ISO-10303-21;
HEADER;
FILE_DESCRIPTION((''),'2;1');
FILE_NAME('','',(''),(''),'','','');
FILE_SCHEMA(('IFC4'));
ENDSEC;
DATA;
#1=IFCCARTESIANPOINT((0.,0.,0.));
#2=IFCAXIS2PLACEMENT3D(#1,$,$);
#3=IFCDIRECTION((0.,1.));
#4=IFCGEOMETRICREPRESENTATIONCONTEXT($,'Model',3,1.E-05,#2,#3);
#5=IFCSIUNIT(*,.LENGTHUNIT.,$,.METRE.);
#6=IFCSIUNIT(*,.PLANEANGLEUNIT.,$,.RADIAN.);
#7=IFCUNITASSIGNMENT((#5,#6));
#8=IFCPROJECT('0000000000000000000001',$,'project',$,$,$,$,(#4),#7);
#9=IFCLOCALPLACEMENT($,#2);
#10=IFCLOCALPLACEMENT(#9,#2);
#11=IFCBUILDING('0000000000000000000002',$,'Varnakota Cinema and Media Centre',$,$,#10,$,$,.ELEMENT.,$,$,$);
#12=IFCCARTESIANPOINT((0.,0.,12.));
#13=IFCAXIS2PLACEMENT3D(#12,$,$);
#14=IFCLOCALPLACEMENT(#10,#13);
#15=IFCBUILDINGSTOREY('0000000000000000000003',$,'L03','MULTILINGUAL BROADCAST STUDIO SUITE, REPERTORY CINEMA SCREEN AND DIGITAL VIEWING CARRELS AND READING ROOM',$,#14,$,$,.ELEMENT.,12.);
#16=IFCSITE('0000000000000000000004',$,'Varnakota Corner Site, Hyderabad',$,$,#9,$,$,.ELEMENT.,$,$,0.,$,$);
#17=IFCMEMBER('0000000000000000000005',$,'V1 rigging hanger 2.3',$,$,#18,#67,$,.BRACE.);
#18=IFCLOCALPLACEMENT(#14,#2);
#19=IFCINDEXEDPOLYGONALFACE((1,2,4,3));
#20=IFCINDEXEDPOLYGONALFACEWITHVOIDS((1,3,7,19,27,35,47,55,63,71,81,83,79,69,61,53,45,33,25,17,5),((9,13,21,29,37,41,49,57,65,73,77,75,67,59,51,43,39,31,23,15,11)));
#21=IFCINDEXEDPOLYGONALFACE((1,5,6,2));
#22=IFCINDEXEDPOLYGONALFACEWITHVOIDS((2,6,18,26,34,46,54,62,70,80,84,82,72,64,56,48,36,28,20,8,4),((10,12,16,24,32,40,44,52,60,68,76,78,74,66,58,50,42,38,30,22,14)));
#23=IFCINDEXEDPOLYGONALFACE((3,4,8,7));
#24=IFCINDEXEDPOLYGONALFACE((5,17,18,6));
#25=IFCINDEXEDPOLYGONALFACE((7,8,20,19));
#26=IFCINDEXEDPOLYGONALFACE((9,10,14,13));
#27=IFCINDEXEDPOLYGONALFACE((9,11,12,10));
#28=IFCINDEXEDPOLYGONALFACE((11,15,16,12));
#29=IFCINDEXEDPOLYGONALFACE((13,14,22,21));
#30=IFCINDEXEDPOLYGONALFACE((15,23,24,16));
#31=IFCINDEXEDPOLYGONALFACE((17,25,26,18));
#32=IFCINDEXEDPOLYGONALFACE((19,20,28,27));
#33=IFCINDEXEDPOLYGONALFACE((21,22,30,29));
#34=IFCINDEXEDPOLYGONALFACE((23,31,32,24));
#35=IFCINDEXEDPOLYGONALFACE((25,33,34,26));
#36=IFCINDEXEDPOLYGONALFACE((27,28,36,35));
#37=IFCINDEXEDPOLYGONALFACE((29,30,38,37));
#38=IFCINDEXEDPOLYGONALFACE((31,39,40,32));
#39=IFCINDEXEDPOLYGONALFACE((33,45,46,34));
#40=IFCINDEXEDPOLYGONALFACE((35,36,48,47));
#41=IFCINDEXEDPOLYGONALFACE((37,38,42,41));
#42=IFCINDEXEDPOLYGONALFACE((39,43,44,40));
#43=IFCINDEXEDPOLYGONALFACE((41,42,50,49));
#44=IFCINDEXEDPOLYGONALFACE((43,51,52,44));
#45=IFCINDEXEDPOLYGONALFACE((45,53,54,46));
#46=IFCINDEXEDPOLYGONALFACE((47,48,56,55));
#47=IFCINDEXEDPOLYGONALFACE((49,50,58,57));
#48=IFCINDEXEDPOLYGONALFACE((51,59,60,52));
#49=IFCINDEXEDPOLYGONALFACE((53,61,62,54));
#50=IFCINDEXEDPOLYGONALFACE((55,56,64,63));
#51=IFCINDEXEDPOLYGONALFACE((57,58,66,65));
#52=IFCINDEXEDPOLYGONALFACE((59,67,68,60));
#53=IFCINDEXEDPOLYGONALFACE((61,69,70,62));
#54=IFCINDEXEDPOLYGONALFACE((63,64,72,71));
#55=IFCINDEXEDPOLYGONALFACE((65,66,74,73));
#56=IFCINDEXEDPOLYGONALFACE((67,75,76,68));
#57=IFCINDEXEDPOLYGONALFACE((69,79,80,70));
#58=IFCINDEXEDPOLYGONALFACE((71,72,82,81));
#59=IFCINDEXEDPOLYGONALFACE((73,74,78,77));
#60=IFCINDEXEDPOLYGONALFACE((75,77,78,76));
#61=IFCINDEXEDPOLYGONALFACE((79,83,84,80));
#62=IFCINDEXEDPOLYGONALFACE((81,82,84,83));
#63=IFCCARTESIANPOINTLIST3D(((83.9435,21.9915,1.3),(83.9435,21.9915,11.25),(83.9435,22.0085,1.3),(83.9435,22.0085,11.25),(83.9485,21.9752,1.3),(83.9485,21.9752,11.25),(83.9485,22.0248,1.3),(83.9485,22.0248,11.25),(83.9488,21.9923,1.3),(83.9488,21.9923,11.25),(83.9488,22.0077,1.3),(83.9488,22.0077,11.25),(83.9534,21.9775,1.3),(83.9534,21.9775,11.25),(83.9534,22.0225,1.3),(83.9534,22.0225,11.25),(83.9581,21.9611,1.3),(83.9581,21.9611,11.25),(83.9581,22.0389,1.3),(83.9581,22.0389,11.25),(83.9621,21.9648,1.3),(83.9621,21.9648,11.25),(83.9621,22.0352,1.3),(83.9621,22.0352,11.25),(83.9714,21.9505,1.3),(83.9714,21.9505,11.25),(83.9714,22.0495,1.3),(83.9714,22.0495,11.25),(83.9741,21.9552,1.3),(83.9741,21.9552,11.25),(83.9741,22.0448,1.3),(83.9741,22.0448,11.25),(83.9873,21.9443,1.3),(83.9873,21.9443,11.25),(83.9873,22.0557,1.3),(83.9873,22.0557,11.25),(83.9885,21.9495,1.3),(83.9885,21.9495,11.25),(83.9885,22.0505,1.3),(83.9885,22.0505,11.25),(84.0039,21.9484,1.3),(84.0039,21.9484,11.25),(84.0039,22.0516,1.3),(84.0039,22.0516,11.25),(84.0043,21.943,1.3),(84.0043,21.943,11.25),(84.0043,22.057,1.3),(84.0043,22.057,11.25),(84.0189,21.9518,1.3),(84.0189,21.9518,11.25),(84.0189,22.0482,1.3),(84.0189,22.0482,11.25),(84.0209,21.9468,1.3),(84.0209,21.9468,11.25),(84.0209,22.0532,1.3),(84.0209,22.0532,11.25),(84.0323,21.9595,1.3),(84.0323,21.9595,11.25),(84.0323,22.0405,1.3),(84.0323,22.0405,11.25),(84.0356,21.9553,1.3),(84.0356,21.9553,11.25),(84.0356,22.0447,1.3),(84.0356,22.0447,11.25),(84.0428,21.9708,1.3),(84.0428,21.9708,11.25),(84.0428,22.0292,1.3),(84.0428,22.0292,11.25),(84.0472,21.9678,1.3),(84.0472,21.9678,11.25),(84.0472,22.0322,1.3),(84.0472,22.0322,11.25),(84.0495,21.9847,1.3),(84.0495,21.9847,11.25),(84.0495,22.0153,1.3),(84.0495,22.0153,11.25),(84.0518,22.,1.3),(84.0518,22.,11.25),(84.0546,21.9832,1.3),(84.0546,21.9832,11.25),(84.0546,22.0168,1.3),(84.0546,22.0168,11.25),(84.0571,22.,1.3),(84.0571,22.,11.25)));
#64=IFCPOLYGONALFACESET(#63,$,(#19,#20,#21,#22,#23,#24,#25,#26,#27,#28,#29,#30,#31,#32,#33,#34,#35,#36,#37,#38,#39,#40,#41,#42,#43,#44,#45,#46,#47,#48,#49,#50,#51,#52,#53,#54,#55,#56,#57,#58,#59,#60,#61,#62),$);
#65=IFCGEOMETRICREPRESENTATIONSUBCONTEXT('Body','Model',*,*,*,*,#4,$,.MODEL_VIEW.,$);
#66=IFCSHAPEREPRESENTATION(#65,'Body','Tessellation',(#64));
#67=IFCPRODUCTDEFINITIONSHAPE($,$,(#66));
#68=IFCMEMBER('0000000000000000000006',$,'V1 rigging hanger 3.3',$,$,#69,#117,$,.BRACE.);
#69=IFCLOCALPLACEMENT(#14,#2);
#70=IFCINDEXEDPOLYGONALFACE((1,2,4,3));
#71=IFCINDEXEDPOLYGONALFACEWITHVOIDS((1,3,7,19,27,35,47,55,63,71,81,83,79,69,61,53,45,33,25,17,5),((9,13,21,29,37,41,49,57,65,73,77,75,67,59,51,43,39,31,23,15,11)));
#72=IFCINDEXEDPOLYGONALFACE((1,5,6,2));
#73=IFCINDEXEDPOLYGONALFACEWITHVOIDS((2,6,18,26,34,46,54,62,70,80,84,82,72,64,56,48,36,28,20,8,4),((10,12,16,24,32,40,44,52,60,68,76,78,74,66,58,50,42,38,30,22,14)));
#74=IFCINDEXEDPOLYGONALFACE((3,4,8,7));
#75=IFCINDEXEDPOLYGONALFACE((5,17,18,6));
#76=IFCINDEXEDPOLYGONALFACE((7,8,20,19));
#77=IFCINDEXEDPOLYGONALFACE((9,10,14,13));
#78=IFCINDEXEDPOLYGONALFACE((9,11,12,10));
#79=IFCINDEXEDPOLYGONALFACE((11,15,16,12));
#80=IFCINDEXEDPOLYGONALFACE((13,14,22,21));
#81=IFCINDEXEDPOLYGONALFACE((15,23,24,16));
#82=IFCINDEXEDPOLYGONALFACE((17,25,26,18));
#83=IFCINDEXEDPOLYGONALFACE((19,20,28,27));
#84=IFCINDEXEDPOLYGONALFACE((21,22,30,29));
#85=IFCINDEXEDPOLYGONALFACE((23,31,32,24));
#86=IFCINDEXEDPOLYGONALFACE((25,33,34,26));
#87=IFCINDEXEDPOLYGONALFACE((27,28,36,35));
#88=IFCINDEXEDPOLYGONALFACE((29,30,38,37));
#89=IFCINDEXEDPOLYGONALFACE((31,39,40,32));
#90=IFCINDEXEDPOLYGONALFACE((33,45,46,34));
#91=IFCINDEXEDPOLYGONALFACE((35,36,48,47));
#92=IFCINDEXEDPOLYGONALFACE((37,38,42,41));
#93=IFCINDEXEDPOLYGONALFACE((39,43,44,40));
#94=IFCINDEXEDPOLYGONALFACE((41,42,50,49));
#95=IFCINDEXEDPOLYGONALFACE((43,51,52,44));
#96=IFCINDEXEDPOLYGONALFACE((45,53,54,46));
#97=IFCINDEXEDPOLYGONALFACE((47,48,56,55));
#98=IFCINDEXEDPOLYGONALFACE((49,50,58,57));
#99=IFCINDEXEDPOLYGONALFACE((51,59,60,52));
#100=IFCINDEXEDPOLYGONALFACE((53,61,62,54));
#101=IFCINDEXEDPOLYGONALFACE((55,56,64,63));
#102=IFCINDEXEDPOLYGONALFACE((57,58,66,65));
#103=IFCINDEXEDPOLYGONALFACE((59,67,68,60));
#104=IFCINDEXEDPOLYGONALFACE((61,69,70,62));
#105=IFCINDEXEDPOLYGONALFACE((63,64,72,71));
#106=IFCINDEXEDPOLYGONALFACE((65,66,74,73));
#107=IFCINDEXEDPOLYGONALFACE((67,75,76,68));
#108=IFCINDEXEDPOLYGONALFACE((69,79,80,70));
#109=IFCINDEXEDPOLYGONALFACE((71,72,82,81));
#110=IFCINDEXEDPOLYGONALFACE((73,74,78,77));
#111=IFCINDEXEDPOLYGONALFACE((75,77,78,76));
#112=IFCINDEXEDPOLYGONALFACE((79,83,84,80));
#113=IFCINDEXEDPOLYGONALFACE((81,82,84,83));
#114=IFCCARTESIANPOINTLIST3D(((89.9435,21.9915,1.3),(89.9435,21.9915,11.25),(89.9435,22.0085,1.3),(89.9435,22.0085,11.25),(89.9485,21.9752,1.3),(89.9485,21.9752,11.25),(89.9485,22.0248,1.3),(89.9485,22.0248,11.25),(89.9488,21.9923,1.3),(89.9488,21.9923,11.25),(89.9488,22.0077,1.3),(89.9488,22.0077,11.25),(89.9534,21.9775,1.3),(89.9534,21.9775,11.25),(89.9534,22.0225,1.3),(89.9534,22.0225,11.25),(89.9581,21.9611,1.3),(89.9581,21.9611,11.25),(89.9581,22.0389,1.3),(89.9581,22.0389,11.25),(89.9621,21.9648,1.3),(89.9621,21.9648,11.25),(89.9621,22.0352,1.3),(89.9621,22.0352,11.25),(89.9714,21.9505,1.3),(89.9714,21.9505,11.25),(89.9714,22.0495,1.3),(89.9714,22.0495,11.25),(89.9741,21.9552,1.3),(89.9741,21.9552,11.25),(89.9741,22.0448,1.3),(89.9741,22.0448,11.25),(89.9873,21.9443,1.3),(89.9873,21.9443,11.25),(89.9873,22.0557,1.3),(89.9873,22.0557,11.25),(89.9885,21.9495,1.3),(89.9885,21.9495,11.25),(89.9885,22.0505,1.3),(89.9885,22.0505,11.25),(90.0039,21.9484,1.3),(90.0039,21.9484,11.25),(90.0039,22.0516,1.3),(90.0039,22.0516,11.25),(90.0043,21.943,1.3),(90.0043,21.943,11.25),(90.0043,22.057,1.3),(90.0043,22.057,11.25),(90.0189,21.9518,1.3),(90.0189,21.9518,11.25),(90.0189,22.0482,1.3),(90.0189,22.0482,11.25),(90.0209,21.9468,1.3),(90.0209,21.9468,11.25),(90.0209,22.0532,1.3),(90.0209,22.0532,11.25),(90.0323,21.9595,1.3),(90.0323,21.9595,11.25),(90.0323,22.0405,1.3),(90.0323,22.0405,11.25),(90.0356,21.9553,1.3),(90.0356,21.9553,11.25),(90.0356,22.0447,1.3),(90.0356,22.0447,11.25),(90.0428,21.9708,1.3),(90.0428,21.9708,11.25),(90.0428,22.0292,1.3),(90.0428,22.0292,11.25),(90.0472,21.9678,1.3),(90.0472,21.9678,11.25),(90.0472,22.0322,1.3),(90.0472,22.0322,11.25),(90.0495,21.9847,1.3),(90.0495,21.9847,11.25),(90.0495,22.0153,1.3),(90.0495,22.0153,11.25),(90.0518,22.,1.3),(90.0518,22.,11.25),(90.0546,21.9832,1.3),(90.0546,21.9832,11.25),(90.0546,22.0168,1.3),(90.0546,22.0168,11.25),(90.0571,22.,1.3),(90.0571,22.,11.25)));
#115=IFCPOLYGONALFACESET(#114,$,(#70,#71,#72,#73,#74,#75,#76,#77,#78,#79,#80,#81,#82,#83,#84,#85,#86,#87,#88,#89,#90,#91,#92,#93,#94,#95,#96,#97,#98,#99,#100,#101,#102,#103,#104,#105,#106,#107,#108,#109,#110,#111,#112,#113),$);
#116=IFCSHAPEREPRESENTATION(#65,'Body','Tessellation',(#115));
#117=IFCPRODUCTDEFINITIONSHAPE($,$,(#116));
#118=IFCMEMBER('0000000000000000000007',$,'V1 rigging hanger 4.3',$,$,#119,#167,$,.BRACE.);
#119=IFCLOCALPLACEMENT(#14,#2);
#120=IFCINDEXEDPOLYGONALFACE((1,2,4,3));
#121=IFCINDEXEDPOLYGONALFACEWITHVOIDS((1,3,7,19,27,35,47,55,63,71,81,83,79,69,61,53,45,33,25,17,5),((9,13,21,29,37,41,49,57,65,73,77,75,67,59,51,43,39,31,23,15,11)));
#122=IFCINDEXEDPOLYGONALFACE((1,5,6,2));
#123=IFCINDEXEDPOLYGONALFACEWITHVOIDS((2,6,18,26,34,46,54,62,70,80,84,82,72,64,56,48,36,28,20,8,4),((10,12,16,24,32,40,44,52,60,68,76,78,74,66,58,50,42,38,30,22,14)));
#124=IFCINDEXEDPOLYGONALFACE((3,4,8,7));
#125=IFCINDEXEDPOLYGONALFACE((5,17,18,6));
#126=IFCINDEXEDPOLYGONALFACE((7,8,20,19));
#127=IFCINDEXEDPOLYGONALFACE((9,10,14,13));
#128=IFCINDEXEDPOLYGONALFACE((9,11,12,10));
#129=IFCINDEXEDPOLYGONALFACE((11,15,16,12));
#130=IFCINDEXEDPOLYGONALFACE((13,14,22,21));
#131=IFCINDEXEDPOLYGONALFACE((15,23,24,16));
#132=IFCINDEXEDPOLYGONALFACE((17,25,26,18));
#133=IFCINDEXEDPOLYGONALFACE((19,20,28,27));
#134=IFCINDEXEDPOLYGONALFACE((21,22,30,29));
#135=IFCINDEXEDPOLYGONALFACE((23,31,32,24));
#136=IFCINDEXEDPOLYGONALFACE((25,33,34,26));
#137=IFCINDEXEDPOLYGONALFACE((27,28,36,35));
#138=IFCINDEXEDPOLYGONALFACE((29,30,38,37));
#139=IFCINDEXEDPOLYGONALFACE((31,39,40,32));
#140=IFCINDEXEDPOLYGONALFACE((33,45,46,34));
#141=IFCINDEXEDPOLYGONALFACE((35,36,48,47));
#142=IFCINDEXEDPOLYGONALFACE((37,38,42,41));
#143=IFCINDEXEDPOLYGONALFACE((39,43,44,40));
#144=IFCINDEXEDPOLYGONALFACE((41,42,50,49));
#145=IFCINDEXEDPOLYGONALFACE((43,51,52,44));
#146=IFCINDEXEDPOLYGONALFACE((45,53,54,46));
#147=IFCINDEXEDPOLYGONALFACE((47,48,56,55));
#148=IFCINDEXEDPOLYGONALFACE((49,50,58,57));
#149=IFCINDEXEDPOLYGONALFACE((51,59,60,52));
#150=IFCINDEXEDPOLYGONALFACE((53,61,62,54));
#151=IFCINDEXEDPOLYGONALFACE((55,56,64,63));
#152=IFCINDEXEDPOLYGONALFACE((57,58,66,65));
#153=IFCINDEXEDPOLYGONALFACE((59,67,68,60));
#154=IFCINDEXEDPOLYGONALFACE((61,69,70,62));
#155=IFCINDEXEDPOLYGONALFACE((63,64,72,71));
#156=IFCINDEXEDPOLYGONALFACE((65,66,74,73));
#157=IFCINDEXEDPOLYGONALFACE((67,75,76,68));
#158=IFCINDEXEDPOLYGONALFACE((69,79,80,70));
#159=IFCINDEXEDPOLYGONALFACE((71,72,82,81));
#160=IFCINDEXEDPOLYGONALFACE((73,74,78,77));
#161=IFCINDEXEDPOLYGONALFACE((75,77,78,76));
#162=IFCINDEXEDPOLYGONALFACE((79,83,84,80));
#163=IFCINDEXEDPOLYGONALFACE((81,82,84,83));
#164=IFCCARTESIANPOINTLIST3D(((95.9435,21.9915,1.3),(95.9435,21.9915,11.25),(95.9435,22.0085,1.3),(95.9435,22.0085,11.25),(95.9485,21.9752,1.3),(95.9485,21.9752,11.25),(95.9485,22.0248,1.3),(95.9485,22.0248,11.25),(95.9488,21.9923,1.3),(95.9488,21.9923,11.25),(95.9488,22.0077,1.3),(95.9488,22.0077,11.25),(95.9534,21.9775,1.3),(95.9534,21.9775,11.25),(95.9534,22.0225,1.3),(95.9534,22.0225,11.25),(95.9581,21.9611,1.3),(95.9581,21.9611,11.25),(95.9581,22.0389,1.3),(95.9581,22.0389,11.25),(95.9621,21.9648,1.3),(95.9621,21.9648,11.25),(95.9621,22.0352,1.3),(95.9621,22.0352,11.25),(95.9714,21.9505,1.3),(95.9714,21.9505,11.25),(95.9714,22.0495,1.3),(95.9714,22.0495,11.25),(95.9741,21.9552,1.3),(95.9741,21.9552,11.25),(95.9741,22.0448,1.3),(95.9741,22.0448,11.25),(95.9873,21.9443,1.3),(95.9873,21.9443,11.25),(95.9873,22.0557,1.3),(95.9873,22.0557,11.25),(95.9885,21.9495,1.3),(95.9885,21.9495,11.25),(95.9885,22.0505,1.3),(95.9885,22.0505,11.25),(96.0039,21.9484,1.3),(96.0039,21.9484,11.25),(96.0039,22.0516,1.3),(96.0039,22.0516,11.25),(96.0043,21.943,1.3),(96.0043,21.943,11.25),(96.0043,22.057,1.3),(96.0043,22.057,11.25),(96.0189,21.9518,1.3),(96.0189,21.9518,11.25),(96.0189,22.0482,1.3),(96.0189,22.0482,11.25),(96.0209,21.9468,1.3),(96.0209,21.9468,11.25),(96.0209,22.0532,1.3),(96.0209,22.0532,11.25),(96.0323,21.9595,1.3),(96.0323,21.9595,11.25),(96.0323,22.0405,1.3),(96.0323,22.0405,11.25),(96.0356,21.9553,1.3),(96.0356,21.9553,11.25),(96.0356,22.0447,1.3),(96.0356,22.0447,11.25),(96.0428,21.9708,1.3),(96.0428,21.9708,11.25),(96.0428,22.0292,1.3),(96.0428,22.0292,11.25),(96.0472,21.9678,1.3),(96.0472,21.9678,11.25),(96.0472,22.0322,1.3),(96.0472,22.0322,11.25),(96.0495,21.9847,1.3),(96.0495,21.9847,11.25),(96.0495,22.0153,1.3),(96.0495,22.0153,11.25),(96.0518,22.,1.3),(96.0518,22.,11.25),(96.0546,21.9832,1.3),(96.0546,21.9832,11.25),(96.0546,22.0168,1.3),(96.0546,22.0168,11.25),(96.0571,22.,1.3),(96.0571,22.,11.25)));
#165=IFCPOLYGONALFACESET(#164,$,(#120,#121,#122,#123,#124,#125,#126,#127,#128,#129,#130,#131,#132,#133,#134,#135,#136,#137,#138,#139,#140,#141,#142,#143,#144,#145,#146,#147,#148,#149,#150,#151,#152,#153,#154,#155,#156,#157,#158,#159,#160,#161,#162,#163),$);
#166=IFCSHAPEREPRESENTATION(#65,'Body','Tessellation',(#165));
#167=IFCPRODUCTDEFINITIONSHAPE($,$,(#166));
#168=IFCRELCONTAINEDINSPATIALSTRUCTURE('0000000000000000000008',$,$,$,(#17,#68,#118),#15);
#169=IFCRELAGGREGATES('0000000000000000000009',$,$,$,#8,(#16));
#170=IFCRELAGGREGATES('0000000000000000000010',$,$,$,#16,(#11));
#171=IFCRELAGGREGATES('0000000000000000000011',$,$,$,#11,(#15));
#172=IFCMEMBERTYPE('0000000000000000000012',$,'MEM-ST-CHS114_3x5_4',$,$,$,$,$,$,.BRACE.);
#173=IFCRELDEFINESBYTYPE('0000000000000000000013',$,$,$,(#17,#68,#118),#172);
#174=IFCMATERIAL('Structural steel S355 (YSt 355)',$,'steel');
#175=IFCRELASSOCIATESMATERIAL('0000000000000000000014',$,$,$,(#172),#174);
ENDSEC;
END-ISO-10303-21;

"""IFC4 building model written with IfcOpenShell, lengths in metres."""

from ifc_helpers import new_model, si_unit, direction, frame, origin, origin_2d, place, context, subcontext, project, spatial, hollow_circle, extrude, material, material_profile, profile_set, type_object, element, save


model = new_model("IFC4")

# Units and contexts
model_context = context("Model", 3, precision=1e-05, world=origin(), true_north=direction((0.0, 1.0)))
body_context = subcontext(model_context, "Body", "Model", "MODEL_VIEW")
ifc_project = project(units=[si_unit("LENGTHUNIT", "METRE"), si_unit("PLANEANGLEUNIT", "RADIAN")], contexts=[model_context])

# Site, building, storey
site_placement = place(None, origin())
site = spatial("IfcSite", under=ifc_project, at=site_placement, Name="Varnakota Corner Site, Hyderabad", CompositionType="ELEMENT", RefElevation=0.0)
building_placement = place(site_placement, origin())
building = spatial("IfcBuilding", under=site, at=building_placement, Name="Varnakota Cinema and Media Centre", CompositionType="ELEMENT")
storey_placement = place(building_placement, frame((0.0, 0.0, 12.0)))
storey = spatial("IfcBuildingStorey", under=building, at=storey_placement, Name="L03", Description="MULTILINGUAL BROADCAST STUDIO SUITE, REPERTORY CINEMA SCREEN AND DIGITAL VIEWING CARRELS AND READING ROOM", CompositionType="ELEMENT", Elevation=12.0)

# Members
ifc_material_1 = material(Name="Structural steel S355 (YSt 355)", Category="steel")
ifc_material_profile_1 = material_profile(ifc_material_1, hollow_circle(Radius=0.0571, WallThickness=0.0054, at=origin_2d()), Name="CHS 114.3x5.4")
ifc_profile_set_1 = profile_set([ifc_material_profile_1], Name="Structural steel S355 (YSt 355)")
member_type_1 = type_object("IfcMemberType", Name="MEM-ST-CHS114_3x5_4", PredefinedType="BRACE", material=ifc_profile_set_1)
for number, where, z_axis, x_axis, name in (
    (1, (84.0, 22.0, 1.3), (0.0, 0.0, 1.0), (1.0, 0.0, 0.0), "V1 rigging hanger 2.3"),
    (2, (90.0, 22.0, 1.3), (0.0, 0.0, 1.0), (1.0, 0.0, 0.0), "V1 rigging hanger 3.3"),
    (3, (96.0, 22.0, 1.3), (0.0, 0.0, 1.0), (1.0, 0.0, 0.0), "V1 rigging hanger 4.3"),
):
    element("IfcMember", number, at=place(storey_placement, frame(where, z_axis=z_axis, x_axis=x_axis)), inside=storey, type_object=member_type_1, Name=name, PredefinedType="BRACE", context=body_context, shape_type="SweptSolid", body=[
        extrude(hollow_circle(Radius=0.0571, WallThickness=0.0054, at=origin_2d()), origin(), (0.0, 0.0, 1.0), 9.95),
    ])

save(model, "model.ifc")
